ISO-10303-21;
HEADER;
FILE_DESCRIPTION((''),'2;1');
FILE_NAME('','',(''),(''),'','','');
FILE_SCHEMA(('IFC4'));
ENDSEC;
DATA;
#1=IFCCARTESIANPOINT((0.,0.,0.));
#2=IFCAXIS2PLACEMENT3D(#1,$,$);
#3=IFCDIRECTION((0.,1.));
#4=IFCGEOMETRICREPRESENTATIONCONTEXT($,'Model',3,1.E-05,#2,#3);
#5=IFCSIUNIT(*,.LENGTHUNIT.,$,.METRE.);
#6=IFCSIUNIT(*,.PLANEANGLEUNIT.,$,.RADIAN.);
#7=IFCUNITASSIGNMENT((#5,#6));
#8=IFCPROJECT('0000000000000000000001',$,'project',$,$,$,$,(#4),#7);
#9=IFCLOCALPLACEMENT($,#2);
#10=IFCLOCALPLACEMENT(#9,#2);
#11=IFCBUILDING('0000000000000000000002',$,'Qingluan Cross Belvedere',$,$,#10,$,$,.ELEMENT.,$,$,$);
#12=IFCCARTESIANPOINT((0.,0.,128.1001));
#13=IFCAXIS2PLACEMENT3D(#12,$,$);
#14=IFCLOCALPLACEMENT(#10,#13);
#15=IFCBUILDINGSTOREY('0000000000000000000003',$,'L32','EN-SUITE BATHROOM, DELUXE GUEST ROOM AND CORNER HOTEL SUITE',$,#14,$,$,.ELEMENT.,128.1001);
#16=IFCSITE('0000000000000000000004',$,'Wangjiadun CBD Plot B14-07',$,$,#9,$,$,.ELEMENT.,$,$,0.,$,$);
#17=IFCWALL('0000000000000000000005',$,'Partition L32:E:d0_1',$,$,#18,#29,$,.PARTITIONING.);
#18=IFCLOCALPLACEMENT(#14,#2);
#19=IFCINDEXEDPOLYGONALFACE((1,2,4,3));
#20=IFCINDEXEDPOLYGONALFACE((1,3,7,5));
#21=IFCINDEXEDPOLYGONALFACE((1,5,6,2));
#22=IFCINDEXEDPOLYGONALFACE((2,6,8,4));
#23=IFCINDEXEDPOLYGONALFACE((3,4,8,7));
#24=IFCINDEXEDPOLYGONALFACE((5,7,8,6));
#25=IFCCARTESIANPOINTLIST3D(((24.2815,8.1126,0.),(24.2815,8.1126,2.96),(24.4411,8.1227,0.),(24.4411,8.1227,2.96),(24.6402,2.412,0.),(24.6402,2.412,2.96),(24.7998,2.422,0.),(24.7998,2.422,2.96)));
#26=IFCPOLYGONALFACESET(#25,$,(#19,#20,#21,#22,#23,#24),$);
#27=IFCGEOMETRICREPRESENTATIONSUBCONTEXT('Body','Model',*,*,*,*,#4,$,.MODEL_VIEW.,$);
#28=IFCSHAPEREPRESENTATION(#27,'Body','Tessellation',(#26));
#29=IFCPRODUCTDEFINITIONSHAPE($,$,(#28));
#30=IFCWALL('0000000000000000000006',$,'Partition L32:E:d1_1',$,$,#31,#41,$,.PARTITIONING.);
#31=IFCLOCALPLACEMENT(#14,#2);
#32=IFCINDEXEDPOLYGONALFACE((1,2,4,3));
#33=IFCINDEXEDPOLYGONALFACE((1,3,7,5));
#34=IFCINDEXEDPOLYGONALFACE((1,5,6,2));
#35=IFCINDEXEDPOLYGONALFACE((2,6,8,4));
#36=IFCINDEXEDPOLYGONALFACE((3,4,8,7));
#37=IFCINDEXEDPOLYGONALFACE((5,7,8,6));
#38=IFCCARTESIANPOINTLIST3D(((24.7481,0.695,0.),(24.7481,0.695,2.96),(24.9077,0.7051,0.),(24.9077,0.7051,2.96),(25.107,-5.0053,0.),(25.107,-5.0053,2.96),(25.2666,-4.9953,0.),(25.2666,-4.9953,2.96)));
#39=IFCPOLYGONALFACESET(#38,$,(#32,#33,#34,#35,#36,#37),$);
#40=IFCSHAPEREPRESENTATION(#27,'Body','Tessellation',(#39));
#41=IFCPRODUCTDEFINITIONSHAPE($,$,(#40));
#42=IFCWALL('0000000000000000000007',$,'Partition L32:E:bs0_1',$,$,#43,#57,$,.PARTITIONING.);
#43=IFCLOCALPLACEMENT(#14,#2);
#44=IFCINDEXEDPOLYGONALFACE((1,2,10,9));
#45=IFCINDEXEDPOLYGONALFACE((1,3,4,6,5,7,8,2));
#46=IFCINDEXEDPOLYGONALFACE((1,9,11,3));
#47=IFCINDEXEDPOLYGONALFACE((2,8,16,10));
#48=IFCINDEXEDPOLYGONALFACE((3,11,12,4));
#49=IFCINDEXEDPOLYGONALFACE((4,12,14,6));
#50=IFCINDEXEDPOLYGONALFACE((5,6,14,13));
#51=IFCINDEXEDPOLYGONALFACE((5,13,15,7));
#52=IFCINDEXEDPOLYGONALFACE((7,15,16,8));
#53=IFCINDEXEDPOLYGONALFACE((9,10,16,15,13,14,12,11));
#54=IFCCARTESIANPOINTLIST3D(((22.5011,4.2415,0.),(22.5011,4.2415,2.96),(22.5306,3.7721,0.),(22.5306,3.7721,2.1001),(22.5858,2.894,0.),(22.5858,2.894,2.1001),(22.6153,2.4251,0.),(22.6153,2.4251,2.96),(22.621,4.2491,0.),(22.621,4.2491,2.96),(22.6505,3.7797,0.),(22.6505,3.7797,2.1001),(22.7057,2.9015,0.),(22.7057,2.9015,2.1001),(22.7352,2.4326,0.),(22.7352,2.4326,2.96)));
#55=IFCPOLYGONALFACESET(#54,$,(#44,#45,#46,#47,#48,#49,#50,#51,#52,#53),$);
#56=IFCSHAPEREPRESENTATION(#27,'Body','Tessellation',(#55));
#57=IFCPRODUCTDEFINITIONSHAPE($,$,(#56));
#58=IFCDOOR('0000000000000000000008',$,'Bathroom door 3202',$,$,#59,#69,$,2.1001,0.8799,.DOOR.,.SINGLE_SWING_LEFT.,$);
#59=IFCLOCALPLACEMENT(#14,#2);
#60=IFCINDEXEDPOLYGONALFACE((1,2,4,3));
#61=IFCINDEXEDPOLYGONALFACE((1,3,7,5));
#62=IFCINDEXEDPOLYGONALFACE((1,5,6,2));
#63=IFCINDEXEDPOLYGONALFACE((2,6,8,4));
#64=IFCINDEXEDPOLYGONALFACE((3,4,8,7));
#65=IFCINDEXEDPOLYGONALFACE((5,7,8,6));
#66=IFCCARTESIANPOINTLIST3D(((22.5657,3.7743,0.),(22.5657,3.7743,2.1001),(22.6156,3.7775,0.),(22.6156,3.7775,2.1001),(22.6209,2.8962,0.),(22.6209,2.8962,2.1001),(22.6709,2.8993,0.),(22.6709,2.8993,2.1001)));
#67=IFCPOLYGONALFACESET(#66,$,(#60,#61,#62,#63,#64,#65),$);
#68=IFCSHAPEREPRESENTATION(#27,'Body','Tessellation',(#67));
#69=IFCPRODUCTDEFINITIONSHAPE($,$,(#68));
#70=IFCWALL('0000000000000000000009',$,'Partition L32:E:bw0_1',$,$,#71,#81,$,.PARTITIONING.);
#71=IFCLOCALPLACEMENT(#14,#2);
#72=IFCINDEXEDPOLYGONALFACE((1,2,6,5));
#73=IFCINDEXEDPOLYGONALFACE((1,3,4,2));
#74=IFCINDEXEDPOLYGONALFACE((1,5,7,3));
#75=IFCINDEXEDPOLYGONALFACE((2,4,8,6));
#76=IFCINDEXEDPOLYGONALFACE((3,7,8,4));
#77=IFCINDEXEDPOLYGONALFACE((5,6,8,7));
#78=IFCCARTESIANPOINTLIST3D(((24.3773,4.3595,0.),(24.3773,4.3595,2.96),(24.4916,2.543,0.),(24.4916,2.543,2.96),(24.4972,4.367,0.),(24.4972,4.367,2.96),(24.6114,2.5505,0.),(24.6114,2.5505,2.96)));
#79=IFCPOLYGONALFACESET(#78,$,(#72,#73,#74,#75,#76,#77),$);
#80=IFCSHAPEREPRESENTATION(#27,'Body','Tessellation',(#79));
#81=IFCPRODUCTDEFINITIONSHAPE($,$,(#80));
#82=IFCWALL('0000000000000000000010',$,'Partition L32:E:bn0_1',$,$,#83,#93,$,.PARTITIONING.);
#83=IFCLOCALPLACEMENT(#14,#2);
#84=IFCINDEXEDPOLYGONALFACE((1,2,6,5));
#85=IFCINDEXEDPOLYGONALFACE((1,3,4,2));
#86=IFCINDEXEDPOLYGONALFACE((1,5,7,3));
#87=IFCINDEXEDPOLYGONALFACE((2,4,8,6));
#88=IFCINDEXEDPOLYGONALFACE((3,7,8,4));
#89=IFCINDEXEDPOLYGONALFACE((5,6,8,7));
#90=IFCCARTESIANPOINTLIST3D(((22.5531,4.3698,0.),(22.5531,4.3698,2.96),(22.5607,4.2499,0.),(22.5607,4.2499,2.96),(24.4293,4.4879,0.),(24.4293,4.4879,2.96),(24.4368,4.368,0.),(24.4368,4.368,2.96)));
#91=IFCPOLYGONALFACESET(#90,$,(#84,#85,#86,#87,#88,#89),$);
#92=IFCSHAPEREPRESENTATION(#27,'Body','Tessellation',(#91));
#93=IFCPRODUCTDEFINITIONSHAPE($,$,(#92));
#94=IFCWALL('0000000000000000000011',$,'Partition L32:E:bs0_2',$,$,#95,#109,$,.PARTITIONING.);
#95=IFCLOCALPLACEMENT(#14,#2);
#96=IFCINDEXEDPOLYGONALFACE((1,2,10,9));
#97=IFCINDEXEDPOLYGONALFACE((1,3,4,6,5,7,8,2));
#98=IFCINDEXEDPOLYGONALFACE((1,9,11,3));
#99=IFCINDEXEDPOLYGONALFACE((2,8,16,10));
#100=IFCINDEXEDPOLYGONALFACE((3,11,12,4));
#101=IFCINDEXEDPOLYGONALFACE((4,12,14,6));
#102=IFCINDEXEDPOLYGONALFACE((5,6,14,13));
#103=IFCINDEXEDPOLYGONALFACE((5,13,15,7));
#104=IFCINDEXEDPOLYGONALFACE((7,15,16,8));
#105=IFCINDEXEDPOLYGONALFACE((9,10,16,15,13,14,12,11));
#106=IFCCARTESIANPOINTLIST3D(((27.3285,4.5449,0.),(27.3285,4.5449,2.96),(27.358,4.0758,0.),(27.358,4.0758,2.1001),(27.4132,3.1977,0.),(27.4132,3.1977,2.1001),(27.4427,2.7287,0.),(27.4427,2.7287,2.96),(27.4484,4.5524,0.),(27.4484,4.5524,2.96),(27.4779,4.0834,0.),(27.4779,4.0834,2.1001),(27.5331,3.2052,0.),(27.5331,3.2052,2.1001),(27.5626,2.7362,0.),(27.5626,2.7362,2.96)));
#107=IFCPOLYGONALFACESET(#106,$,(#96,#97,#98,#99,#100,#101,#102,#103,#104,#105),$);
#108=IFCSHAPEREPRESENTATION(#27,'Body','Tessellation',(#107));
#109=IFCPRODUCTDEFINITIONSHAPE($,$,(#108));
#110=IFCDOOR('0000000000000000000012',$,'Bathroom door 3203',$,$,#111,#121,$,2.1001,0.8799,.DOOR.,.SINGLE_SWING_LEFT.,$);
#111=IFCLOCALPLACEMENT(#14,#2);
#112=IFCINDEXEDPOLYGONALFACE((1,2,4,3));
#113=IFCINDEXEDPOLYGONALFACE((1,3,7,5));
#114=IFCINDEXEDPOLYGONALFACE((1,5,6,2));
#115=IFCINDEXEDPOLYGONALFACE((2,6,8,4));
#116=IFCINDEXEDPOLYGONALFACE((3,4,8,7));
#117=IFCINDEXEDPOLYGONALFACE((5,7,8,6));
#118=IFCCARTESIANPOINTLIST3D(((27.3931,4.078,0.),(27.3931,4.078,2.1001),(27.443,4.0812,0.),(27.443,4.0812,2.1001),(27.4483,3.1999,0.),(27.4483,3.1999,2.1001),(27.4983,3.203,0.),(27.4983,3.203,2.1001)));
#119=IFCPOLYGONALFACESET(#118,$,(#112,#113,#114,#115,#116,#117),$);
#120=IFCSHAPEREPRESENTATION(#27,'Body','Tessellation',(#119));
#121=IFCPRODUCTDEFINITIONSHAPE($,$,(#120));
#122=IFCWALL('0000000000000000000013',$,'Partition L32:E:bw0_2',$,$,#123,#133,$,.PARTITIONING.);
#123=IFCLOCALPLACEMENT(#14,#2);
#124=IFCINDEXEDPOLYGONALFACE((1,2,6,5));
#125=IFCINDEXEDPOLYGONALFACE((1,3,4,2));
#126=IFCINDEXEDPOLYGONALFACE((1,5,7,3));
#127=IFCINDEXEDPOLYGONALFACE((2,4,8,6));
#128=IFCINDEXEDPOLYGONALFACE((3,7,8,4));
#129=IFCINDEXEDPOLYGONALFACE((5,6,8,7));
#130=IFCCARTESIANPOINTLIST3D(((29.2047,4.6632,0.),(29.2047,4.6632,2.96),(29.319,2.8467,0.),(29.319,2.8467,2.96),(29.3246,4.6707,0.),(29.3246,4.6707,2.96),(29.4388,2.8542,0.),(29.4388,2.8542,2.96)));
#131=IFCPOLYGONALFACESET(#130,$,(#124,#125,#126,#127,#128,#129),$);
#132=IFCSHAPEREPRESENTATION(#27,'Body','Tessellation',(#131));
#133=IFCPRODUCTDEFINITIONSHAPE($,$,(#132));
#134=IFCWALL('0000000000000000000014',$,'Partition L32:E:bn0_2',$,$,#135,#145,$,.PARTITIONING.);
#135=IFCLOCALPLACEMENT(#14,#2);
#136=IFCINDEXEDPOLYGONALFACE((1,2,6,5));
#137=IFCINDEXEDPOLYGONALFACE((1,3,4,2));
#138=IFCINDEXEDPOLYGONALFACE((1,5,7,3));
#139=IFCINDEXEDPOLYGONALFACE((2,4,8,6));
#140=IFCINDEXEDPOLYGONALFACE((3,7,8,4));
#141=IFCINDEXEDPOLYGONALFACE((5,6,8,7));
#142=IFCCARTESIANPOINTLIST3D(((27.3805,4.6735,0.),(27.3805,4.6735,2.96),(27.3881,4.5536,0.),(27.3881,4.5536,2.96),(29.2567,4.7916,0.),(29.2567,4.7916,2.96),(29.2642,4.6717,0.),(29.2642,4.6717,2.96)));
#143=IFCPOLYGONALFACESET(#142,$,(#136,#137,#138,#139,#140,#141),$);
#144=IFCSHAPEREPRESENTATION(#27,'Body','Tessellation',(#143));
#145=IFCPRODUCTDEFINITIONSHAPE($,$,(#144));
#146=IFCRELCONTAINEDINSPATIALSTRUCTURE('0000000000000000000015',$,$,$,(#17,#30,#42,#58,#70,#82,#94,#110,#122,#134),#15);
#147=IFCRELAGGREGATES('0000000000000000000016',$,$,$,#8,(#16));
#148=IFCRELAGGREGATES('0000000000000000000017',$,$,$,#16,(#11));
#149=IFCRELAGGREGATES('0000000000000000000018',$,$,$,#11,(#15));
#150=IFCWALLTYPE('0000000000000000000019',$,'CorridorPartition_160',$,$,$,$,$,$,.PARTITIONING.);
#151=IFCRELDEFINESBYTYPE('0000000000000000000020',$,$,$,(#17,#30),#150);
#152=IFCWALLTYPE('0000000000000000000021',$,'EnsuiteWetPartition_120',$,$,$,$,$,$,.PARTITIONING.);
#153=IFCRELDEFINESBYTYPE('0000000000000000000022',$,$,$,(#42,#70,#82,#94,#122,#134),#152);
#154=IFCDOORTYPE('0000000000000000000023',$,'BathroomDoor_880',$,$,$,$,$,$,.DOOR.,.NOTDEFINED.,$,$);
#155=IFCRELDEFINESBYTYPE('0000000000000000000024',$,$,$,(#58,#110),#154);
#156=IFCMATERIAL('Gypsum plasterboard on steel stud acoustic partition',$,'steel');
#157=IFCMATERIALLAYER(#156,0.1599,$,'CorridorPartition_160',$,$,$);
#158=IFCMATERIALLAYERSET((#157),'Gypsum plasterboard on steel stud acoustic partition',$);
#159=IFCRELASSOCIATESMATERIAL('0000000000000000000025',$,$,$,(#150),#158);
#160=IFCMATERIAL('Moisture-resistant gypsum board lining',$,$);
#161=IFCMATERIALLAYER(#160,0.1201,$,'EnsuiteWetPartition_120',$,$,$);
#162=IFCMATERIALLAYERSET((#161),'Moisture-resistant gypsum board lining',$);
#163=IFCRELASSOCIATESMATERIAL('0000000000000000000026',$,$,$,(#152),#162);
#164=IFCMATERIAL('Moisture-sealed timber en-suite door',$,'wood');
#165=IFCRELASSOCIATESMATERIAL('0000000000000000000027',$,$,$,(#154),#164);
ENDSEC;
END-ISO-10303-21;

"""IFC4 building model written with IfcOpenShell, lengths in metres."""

from ifc_helpers import new_model, si_unit, direction, frame, frame_2d, origin, place, context, subcontext, project, spatial, rectangle, extrude, material, layer, layer_set, type_object, element, fill, save


model = new_model("IFC4")

# Units and contexts
model_context = context("Model", 3, precision=1e-05, world=origin(), true_north=direction((0.0, 1.0)))
body_context = subcontext(model_context, "Body", "Model", "MODEL_VIEW")
ifc_project = project(units=[si_unit("LENGTHUNIT", "METRE"), si_unit("PLANEANGLEUNIT", "RADIAN")], contexts=[model_context])

# Site, building, storey
site_placement = place(None, origin())
site = spatial("IfcSite", under=ifc_project, at=site_placement, Name="Wangjiadun CBD Plot B14-07", CompositionType="ELEMENT", RefElevation=0.0)
building_placement = place(site_placement, origin())
building = spatial("IfcBuilding", under=site, at=building_placement, Name="Qingluan Cross Belvedere", CompositionType="ELEMENT")
storey_placement = place(building_placement, frame((0.0, 0.0, 128.1001)))
storey = spatial("IfcBuildingStorey", under=building, at=storey_placement, Name="L32", Description="EN-SUITE BATHROOM, DELUXE GUEST ROOM AND CORNER HOTEL SUITE", CompositionType="ELEMENT", Elevation=128.1001)

# Walls
ifc_material_1 = material(Name="Gypsum plasterboard on steel stud acoustic partition", Category="steel")
ifc_layer_1 = layer(ifc_material_1, 0.1599, Name="CorridorPartition_160")
ifc_layer_set_1 = layer_set([ifc_layer_1], Name="Gypsum plasterboard on steel stud acoustic partition")
wall_type_1 = type_object("IfcWallType", Name="CorridorPartition_160", PredefinedType="PARTITIONING", material=ifc_layer_set_1)
wall_1_placement = place(storey_placement, frame((24.72, 2.417, 0.0), z_axis=(0.0, 0.0, 1.0), x_axis=(-0.062788, 0.998027, 0.0)))
element("IfcWall", 1, at=wall_1_placement, inside=storey, type_object=wall_type_1, Name="Partition L32:E:d0_1", PredefinedType="PARTITIONING", context=body_context, shape_type="SweptSolid", body=[
    extrude(rectangle(XDim=5.7119, YDim=0.1599, at=frame_2d((2.856, 0.0))), origin(), (0.0, 0.0, 1.0), 2.96),
])
wall_2_placement = place(storey_placement, frame((24.8279, 0.7002, 0.0), z_axis=(0.0, 0.0, 1.0), x_axis=(0.062833, -0.998024, 0.0)))
element("IfcWall", 2, at=wall_2_placement, inside=storey, type_object=wall_type_1, Name="Partition L32:E:d1_1", PredefinedType="PARTITIONING", context=body_context, shape_type="SweptSolid", body=[
    extrude(rectangle(XDim=5.7117, YDim=0.1599, at=frame_2d((2.856, 0.0))), origin(), (0.0, 0.0, 1.0), 2.96),
])

# Wall, opening, door
ifc_material_2 = material(Name="Moisture-resistant gypsum board lining")
ifc_layer_2 = layer(ifc_material_2, 0.1201, Name="EnsuiteWetPartition_120")
ifc_layer_set_2 = layer_set([ifc_layer_2], Name="Moisture-resistant gypsum board lining")
wall_type_2 = type_object("IfcWallType", Name="EnsuiteWetPartition_120", PredefinedType="PARTITIONING", material=ifc_layer_set_2)
wall_3_placement = place(storey_placement, frame((22.6753, 2.4287, 0.0), z_axis=(0.0, 0.0, 1.0), x_axis=(-0.062779, 0.998027, 0.0)))
wall_3 = element("IfcWall", 3, at=wall_3_placement, inside=storey, type_object=wall_type_2, Name="Partition L32:E:bs0_1", PredefinedType="PARTITIONING", context=body_context, shape_type="SweptSolid", body=[
    extrude(rectangle(XDim=1.8201, YDim=0.1201, at=frame_2d((0.9102, 0.0))), origin(), (0.0, 0.0, 1.0), 2.96),
])
opening_1_placement = place(wall_3_placement, frame((0.47, 0.0, 0.0)))
opening_1 = element("IfcOpeningElement", 4, at=opening_1_placement, cuts=wall_3, PredefinedType="OPENING", context=body_context, shape_type="SweptSolid", body=[
    extrude(rectangle(XDim=0.8799, YDim=2.1001, at=frame_2d((0.4399, 1.05))), frame((0.0, 0.0701, 0.0), z_axis=(0.0, -1.0, 0.0), x_axis=(1.0, 0.0, 0.0)), (0.0, 0.0, 1.0), 0.1401),
])
ifc_material_3 = material(Name="Moisture-sealed timber en-suite door", Category="wood")
door_type_1 = type_object("IfcDoorType", Name="BathroomDoor_880", OperationType="NOTDEFINED", PredefinedType="DOOR", material=ifc_material_3)
door_1_placement = place(opening_1_placement, origin())
door_1 = element("IfcDoor", 5, at=door_1_placement, inside=storey, type_object=door_type_1, Name="Bathroom door 3202", OperationType="SINGLE_SWING_LEFT", OverallHeight=2.1001, OverallWidth=0.8799, PredefinedType="DOOR", context=body_context, shape_type="SweptSolid", body=[
    extrude(rectangle(XDim=0.8799, YDim=2.1001, at=frame_2d((0.4399, 1.05))), frame((0.0, 0.0249, 0.0), z_axis=(0.0, -1.0, 0.0), x_axis=(1.0, 0.0, 0.0)), (0.0, 0.0, 1.0), 0.05),
])
fill(opening_1, door_1)

# Walls
wall_4_placement = place(storey_placement, frame((24.5515, 2.5466, 0.0), z_axis=(0.0, 0.0, 1.0), x_axis=(-0.062779, 0.998027, 0.0)))
element("IfcWall", 6, at=wall_4_placement, inside=storey, type_object=wall_type_2, Name="Partition L32:E:bw0_1", PredefinedType="PARTITIONING", context=body_context, shape_type="SweptSolid", body=[
    extrude(rectangle(XDim=1.8201, YDim=0.1201, at=frame_2d((0.9102, 0.0))), origin(), (0.0, 0.0, 1.0), 2.96),
])
wall_5_placement = place(storey_placement, frame((22.5569, 4.3098, 0.0), z_axis=(0.0, 0.0, 1.0), x_axis=(0.998023, 0.062855, 0.0)))
element("IfcWall", 7, at=wall_5_placement, inside=storey, type_object=wall_type_2, Name="Partition L32:E:bn0_1", PredefinedType="PARTITIONING", context=body_context, shape_type="SweptSolid", body=[
    extrude(rectangle(XDim=1.8799, YDim=0.1201, at=frame_2d((0.9399, 0.0))), origin(), (0.0, 0.0, 1.0), 2.96),
])

# Wall, opening, door
wall_6_placement = place(storey_placement, frame((27.5027, 2.7324, 0.0), z_axis=(0.0, 0.0, 1.0), x_axis=(-0.062788, 0.998027, 0.0)))
wall_6 = element("IfcWall", 8, at=wall_6_placement, inside=storey, type_object=wall_type_2, Name="Partition L32:E:bs0_2", PredefinedType="PARTITIONING", context=body_context, shape_type="SweptSolid", body=[
    extrude(rectangle(XDim=1.8198, YDim=0.1201, at=frame_2d((0.9099, 0.0))), origin(), (0.0, 0.0, 1.0), 2.96),
])
opening_2_placement = place(wall_6_placement, frame((0.47, 0.0, 0.0)))
opening_2 = element("IfcOpeningElement", 9, at=opening_2_placement, cuts=wall_6, PredefinedType="OPENING", context=body_context, shape_type="SweptSolid", body=[
    extrude(rectangle(XDim=0.8799, YDim=2.1001, at=frame_2d((0.4399, 1.05))), frame((0.0, 0.0701, 0.0), z_axis=(0.0, -1.0, 0.0), x_axis=(1.0, 0.0, 0.0)), (0.0, 0.0, 1.0), 0.1401),
])
door_2_placement = place(opening_2_placement, origin())
door_2 = element("IfcDoor", 10, at=door_2_placement, inside=storey, type_object=door_type_1, Name="Bathroom door 3203", OperationType="SINGLE_SWING_LEFT", OverallHeight=2.1001, OverallWidth=0.8799, PredefinedType="DOOR", context=body_context, shape_type="SweptSolid", body=[
    extrude(rectangle(XDim=0.8799, YDim=2.1001, at=frame_2d((0.4399, 1.05))), frame((0.0, 0.0249, 0.0), z_axis=(0.0, -1.0, 0.0), x_axis=(1.0, 0.0, 0.0)), (0.0, 0.0, 1.0), 0.05),
])
fill(opening_2, door_2)

# Walls
wall_7_placement = place(storey_placement, frame((29.3789, 2.8503, 0.0), z_axis=(0.0, 0.0, 1.0), x_axis=(-0.062779, 0.998027, 0.0)))
element("IfcWall", 11, at=wall_7_placement, inside=storey, type_object=wall_type_2, Name="Partition L32:E:bw0_2", PredefinedType="PARTITIONING", context=body_context, shape_type="SweptSolid", body=[
    extrude(rectangle(XDim=1.8201, YDim=0.1201, at=frame_2d((0.9102, 0.0))), origin(), (0.0, 0.0, 1.0), 2.96),
])
wall_8_placement = place(storey_placement, frame((27.3843, 4.6135, 0.0), z_axis=(0.0, 0.0, 1.0), x_axis=(0.998023, 0.062855, 0.0)))
element("IfcWall", 12, at=wall_8_placement, inside=storey, type_object=wall_type_2, Name="Partition L32:E:bn0_2", PredefinedType="PARTITIONING", context=body_context, shape_type="SweptSolid", body=[
    extrude(rectangle(XDim=1.8799, YDim=0.1201, at=frame_2d((0.9399, 0.0))), origin(), (0.0, 0.0, 1.0), 2.96),
])

save(model, "model.ifc")
